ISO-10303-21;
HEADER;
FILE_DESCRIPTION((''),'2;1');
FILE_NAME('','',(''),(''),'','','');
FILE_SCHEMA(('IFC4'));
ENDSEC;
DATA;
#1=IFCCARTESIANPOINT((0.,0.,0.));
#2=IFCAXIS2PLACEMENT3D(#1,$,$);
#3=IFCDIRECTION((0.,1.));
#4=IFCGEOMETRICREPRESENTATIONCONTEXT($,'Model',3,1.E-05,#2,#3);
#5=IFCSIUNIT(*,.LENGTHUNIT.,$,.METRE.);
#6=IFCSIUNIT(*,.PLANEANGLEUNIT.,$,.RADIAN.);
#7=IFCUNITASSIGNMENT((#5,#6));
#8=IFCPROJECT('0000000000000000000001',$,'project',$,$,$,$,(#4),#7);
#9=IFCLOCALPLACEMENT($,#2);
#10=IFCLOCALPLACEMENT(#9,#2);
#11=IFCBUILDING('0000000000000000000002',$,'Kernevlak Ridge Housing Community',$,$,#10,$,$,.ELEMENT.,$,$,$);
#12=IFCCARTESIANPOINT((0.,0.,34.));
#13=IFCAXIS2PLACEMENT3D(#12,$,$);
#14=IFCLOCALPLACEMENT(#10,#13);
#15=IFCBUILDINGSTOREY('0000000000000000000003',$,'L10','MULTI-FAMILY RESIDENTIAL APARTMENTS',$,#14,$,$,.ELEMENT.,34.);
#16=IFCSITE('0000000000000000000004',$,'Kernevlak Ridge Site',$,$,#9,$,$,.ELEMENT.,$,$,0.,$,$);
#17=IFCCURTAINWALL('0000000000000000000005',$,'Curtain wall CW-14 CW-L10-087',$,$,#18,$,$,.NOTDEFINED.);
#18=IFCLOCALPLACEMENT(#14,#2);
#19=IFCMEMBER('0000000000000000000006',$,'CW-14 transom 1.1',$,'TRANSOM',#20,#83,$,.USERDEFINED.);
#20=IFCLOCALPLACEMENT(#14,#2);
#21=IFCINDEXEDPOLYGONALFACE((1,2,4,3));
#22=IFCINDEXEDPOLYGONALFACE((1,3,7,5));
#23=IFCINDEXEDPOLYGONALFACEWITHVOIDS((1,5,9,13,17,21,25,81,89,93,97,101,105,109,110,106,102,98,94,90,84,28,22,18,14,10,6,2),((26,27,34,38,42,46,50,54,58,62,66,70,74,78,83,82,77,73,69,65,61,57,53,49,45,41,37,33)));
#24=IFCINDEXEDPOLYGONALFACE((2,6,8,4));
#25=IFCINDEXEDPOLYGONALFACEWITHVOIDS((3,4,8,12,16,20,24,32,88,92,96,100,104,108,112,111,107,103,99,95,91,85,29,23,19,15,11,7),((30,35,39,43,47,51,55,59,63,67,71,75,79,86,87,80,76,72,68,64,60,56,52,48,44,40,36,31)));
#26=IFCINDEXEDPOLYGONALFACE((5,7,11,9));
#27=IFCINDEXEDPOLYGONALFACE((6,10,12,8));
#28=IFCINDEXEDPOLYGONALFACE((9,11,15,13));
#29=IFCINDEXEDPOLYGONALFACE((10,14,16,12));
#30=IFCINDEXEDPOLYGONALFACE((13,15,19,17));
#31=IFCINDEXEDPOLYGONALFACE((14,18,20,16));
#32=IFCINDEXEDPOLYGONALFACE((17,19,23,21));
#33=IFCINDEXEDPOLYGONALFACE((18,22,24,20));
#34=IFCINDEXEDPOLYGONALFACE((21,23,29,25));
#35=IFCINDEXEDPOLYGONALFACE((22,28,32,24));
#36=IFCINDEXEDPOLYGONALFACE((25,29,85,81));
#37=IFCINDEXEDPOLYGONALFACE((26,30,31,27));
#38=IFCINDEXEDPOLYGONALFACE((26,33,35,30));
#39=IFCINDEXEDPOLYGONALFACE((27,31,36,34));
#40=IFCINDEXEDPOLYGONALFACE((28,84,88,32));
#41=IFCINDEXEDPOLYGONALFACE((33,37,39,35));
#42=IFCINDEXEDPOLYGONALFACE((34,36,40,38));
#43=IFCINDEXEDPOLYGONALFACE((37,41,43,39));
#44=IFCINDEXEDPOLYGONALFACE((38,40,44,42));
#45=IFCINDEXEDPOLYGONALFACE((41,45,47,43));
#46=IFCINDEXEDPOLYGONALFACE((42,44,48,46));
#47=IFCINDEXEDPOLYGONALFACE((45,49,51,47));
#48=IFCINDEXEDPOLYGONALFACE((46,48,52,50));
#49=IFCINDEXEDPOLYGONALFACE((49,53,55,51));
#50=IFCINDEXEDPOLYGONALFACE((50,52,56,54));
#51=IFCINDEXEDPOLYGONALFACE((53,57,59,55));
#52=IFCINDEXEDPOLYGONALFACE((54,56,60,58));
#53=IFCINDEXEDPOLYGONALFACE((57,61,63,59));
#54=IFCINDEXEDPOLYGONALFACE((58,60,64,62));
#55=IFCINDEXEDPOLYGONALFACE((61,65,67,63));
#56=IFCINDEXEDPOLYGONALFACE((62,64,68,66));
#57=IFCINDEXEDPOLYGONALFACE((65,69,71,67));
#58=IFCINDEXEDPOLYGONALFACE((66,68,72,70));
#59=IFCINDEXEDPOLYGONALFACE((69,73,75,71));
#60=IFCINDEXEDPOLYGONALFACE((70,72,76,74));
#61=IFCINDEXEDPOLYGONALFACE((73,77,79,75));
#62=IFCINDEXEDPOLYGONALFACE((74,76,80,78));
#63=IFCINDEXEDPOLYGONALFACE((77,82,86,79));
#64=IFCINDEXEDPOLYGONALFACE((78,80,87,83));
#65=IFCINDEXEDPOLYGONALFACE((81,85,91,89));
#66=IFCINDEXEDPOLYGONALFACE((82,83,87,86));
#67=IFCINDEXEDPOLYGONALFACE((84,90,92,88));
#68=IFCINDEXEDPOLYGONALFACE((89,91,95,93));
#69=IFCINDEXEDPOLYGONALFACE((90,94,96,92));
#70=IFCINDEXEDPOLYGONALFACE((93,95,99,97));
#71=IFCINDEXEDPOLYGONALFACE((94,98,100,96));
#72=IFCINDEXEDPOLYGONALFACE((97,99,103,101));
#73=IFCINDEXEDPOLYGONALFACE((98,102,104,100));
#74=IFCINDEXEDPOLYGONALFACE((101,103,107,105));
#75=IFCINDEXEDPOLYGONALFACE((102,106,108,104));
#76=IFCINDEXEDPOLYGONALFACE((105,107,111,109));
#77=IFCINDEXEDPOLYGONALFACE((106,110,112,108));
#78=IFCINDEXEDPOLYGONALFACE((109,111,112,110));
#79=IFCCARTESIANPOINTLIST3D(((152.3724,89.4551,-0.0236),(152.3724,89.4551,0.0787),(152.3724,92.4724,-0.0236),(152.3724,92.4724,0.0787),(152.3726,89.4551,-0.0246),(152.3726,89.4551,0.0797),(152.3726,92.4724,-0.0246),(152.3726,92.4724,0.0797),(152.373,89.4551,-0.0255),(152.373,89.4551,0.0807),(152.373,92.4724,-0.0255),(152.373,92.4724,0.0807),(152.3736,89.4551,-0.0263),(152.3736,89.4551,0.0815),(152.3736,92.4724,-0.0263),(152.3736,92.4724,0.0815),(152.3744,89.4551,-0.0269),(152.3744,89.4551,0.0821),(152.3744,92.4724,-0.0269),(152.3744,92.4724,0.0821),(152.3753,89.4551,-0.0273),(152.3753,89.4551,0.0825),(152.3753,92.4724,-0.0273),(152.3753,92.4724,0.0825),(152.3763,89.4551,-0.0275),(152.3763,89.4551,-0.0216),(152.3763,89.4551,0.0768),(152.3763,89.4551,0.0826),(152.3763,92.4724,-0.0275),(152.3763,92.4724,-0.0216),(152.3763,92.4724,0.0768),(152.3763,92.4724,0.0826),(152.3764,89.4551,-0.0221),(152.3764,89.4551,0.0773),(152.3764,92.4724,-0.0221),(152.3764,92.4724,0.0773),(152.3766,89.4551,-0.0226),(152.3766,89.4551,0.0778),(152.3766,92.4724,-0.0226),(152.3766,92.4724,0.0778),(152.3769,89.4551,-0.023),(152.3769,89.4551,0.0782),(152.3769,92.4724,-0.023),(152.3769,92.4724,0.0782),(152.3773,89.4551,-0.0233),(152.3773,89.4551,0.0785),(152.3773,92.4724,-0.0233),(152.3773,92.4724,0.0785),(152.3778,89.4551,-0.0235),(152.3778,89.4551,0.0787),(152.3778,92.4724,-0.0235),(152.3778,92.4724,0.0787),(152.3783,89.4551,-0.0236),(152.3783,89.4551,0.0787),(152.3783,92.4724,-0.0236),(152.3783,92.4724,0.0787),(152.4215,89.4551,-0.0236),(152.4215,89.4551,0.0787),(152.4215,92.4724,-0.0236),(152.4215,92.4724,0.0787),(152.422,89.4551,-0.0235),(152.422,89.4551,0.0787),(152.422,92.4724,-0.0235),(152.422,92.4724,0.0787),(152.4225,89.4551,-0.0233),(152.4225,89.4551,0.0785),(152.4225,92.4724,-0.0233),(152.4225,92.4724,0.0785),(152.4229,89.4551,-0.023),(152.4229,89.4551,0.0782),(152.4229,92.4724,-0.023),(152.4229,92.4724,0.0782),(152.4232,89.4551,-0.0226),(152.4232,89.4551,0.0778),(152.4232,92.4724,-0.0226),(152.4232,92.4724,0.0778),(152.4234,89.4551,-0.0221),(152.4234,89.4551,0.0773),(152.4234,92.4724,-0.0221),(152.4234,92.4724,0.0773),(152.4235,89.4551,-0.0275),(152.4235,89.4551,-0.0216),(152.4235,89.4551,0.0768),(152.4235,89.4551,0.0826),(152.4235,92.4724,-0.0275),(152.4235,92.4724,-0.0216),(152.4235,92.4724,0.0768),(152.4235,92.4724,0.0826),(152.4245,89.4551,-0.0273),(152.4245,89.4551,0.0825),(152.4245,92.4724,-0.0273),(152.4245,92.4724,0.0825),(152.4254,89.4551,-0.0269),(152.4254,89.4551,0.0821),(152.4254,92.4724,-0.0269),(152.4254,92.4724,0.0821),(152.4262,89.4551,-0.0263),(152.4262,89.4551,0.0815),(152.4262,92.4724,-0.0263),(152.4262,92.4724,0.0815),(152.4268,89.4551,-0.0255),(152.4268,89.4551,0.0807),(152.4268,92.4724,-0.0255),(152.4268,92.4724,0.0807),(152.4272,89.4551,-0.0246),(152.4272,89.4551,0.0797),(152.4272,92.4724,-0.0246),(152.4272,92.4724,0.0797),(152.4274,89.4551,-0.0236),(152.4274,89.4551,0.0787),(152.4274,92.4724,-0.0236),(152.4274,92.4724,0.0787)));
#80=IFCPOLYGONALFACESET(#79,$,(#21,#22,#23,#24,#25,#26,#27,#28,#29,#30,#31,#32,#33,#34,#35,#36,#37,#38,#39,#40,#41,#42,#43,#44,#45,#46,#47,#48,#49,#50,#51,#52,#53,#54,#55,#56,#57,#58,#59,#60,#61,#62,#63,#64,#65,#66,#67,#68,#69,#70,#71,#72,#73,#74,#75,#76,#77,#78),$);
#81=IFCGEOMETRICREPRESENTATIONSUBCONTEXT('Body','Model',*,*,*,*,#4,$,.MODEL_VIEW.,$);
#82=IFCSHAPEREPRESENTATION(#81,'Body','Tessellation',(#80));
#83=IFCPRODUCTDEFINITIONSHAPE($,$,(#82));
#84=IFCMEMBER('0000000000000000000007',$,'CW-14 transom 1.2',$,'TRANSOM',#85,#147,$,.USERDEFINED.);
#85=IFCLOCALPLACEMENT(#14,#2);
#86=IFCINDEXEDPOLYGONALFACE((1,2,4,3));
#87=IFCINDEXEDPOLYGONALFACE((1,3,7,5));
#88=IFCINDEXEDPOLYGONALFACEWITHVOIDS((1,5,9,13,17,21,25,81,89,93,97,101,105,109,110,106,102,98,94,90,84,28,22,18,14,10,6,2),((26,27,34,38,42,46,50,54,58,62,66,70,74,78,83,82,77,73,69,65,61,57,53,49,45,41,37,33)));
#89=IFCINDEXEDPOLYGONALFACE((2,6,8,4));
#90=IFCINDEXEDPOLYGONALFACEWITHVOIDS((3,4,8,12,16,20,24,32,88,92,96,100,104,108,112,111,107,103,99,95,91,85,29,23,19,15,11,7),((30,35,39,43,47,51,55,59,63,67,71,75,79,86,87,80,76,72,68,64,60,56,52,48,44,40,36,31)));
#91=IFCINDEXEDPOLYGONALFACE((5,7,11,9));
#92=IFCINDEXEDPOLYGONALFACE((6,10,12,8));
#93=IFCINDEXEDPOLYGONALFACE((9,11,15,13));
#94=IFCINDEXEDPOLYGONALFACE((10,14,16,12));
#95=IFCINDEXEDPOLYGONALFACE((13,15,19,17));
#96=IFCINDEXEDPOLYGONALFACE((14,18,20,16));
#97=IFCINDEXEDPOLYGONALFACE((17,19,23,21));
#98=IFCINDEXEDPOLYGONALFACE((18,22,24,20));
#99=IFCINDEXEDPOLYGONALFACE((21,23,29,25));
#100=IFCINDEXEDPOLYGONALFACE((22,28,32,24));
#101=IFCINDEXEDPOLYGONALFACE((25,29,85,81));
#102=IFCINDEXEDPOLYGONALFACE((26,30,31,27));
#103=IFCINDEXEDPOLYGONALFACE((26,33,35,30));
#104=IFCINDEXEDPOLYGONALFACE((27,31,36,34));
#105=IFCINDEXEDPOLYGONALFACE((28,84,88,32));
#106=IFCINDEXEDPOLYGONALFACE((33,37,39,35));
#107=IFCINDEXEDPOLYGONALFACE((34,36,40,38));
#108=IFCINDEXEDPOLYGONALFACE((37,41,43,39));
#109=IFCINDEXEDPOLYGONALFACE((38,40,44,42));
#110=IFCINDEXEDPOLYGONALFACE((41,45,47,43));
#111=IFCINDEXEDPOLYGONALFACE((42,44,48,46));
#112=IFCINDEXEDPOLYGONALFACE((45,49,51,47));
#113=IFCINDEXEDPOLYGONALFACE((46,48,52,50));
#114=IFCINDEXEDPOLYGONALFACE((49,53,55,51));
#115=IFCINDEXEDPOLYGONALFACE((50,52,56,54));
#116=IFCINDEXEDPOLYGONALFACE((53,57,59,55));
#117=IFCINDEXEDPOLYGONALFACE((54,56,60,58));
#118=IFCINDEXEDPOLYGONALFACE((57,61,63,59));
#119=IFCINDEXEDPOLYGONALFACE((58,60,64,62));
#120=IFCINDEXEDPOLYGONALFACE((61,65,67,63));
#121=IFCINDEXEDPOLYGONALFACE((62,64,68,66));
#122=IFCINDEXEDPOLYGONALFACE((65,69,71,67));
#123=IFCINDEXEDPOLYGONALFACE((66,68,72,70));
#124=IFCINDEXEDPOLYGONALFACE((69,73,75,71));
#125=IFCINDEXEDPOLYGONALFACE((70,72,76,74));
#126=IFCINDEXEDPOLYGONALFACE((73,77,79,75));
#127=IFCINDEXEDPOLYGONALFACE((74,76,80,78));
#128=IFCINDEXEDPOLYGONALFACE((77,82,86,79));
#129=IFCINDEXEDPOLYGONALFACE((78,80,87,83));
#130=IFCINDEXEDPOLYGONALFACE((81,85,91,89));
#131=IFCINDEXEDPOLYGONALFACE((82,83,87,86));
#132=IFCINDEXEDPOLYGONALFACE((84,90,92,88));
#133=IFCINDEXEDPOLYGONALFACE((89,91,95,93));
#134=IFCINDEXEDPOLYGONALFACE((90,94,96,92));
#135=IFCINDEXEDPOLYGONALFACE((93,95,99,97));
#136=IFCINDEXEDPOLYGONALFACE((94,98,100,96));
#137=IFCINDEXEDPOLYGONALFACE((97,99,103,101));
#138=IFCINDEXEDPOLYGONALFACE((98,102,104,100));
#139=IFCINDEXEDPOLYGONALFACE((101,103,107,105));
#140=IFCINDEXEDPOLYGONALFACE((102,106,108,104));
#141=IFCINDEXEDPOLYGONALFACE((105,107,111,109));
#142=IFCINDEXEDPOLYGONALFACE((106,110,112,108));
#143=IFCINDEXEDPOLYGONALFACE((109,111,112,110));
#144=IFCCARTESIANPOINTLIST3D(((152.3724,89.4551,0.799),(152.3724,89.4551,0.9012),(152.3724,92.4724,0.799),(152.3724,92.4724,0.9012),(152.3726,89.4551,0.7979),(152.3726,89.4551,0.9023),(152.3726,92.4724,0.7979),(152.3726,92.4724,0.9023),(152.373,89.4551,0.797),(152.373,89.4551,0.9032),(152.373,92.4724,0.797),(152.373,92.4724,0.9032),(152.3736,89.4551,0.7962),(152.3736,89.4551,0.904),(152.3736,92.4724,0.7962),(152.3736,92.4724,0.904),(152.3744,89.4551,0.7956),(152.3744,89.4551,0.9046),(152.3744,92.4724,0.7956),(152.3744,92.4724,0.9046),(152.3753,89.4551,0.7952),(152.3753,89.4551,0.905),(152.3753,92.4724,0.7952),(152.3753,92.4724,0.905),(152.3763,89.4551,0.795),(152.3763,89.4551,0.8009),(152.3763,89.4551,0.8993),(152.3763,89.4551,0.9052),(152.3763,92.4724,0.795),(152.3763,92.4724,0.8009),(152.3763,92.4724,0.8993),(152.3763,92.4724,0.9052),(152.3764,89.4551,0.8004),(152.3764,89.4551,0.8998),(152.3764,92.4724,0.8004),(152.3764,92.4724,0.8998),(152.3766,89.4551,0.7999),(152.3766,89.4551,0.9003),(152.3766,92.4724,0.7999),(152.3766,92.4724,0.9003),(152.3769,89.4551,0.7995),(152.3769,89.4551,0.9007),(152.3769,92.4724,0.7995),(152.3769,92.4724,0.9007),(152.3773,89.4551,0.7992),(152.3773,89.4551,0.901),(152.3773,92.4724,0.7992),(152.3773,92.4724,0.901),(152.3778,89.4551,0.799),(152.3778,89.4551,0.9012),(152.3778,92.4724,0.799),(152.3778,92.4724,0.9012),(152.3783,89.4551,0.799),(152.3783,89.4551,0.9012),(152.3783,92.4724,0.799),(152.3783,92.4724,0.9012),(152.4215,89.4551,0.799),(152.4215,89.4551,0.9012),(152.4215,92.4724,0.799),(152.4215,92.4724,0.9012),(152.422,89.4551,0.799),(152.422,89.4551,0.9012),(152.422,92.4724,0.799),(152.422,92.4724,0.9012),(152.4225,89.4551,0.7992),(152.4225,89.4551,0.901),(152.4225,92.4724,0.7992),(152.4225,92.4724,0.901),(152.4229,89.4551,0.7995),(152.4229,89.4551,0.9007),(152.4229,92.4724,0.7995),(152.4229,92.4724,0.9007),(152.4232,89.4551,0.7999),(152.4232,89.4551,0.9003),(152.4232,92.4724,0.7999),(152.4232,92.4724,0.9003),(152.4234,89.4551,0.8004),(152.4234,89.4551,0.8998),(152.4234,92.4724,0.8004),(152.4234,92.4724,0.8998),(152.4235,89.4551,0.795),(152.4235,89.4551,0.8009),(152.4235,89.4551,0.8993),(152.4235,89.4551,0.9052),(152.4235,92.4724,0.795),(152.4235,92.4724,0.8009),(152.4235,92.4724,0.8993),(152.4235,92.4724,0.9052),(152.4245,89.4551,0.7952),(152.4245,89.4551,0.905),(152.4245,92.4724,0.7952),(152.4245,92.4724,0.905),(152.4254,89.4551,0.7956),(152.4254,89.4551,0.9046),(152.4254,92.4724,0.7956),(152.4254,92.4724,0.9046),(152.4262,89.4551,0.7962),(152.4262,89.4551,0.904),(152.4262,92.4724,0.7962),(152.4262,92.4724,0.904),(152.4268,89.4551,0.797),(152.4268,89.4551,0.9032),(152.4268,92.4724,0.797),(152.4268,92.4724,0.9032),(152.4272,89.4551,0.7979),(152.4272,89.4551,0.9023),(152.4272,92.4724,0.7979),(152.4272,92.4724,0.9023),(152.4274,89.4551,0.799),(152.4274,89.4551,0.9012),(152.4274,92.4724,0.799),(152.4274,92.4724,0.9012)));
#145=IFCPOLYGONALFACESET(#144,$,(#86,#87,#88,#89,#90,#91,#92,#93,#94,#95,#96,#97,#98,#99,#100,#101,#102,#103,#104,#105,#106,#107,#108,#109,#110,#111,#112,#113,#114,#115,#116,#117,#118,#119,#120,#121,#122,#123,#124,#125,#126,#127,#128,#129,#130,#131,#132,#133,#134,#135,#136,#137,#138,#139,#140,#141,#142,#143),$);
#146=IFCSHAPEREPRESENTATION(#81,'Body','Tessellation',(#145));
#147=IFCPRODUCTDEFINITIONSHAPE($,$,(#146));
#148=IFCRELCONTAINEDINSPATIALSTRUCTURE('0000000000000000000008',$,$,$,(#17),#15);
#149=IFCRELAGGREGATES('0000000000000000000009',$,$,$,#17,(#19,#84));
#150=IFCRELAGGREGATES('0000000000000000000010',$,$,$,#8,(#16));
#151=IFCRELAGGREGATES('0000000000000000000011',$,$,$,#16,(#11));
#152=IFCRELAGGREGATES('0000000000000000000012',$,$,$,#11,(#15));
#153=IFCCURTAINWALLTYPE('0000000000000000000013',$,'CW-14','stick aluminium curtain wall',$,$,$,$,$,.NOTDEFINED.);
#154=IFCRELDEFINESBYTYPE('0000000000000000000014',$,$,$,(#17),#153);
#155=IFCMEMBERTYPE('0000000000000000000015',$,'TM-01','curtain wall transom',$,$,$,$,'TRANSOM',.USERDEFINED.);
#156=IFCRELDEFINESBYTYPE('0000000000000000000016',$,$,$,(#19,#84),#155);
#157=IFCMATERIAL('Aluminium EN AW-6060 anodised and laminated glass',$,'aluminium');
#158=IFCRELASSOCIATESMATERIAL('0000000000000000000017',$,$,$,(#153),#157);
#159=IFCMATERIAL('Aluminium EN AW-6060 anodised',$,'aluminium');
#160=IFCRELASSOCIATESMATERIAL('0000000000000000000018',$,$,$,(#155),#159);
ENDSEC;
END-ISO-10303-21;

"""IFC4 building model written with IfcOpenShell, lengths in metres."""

from ifc_helpers import new_model, si_unit, direction, frame, origin, origin_2d, place, context, subcontext, project, spatial, hollow_rectangle, extrude, material, material_profile, profile_set, type_object, element, aggregate, save


model = new_model("IFC4")

# Units and contexts
model_context = context("Model", 3, precision=1e-05, world=origin(), true_north=direction((0.0, 1.0)))
body_context = subcontext(model_context, "Body", "Model", "MODEL_VIEW")
ifc_project = project(units=[si_unit("LENGTHUNIT", "METRE"), si_unit("PLANEANGLEUNIT", "RADIAN")], contexts=[model_context])

# Site, building, storey
site_placement = place(None, origin())
site = spatial("IfcSite", under=ifc_project, at=site_placement, Name="Kernevlak Ridge Site", CompositionType="ELEMENT", RefElevation=0.0)
building_placement = place(site_placement, origin())
building = spatial("IfcBuilding", under=site, at=building_placement, Name="Kernevlak Ridge Housing Community", CompositionType="ELEMENT")
storey_placement = place(building_placement, frame((0.0, 0.0, 34.0)))
storey = spatial("IfcBuildingStorey", under=building, at=storey_placement, Name="L10", Description="MULTI-FAMILY RESIDENTIAL APARTMENTS", CompositionType="ELEMENT", Elevation=34.0)

# Curtain wall
ifc_material_1 = material(Name="Aluminium EN AW-6060 anodised and laminated glass", Category="aluminium")
curtain_wall_type = type_object("IfcCurtainWallType", Name="CW-14", Description="stick aluminium curtain wall", PredefinedType="NOTDEFINED", material=ifc_material_1)
curtain_wall_placement = place(storey_placement, origin())
curtain_wall = element("IfcCurtainWall", 1, at=curtain_wall_placement, inside=storey, type_object=curtain_wall_type, Name="Curtain wall CW-14 CW-L10-087", PredefinedType="NOTDEFINED")
ifc_material_2 = material(Name="Aluminium EN AW-6060 anodised", Category="aluminium")

# Members
ifc_material_profile_1 = material_profile(ifc_material_2, hollow_rectangle(XDim=0.0549, YDim=0.1101, WallThickness=0.0039, InnerFilletRadius=0.002, OuterFilletRadius=0.0039, at=origin_2d()), Name="ALU 55x110x4")
ifc_profile_set_1 = profile_set([ifc_material_profile_1], Name="Aluminium EN AW-6060 anodised")
member_type_1 = type_object("IfcMemberType", Name="TM-01", Description="curtain wall transom", ElementType="TRANSOM", PredefinedType="USERDEFINED", material=ifc_profile_set_1)
member_1_placement = place(storey_placement, frame((152.3999, 89.4551, 0.0276), z_axis=(0.0, 1.0, 0.0), x_axis=(-1.0, 0.0, 0.0)))
member_1 = element("IfcMember", 2, at=member_1_placement, type_object=member_type_1, Name="CW-14 transom 1.1", ObjectType="TRANSOM", PredefinedType="USERDEFINED", context=body_context, shape_type="SweptSolid", body=[
    extrude(hollow_rectangle(XDim=0.0549, YDim=0.1101, WallThickness=0.0039, InnerFilletRadius=0.002, OuterFilletRadius=0.0039, at=origin_2d()), origin(), (0.0, 0.0, 1.0), 3.0173),
])
member_2_placement = place(storey_placement, frame((152.3999, 89.4551, 0.8501), z_axis=(0.0, 1.0, 0.0), x_axis=(-1.0, 0.0, 0.0)))
member_2 = element("IfcMember", 3, at=member_2_placement, type_object=member_type_1, Name="CW-14 transom 1.2", ObjectType="TRANSOM", PredefinedType="USERDEFINED", context=body_context, shape_type="SweptSolid", body=[
    extrude(hollow_rectangle(XDim=0.0549, YDim=0.1101, WallThickness=0.0039, InnerFilletRadius=0.002, OuterFilletRadius=0.0039, at=origin_2d()), origin(), (0.0, 0.0, 1.0), 3.0173),
])

aggregate(curtain_wall, [member_1, member_2])

save(model, "model.ifc")
